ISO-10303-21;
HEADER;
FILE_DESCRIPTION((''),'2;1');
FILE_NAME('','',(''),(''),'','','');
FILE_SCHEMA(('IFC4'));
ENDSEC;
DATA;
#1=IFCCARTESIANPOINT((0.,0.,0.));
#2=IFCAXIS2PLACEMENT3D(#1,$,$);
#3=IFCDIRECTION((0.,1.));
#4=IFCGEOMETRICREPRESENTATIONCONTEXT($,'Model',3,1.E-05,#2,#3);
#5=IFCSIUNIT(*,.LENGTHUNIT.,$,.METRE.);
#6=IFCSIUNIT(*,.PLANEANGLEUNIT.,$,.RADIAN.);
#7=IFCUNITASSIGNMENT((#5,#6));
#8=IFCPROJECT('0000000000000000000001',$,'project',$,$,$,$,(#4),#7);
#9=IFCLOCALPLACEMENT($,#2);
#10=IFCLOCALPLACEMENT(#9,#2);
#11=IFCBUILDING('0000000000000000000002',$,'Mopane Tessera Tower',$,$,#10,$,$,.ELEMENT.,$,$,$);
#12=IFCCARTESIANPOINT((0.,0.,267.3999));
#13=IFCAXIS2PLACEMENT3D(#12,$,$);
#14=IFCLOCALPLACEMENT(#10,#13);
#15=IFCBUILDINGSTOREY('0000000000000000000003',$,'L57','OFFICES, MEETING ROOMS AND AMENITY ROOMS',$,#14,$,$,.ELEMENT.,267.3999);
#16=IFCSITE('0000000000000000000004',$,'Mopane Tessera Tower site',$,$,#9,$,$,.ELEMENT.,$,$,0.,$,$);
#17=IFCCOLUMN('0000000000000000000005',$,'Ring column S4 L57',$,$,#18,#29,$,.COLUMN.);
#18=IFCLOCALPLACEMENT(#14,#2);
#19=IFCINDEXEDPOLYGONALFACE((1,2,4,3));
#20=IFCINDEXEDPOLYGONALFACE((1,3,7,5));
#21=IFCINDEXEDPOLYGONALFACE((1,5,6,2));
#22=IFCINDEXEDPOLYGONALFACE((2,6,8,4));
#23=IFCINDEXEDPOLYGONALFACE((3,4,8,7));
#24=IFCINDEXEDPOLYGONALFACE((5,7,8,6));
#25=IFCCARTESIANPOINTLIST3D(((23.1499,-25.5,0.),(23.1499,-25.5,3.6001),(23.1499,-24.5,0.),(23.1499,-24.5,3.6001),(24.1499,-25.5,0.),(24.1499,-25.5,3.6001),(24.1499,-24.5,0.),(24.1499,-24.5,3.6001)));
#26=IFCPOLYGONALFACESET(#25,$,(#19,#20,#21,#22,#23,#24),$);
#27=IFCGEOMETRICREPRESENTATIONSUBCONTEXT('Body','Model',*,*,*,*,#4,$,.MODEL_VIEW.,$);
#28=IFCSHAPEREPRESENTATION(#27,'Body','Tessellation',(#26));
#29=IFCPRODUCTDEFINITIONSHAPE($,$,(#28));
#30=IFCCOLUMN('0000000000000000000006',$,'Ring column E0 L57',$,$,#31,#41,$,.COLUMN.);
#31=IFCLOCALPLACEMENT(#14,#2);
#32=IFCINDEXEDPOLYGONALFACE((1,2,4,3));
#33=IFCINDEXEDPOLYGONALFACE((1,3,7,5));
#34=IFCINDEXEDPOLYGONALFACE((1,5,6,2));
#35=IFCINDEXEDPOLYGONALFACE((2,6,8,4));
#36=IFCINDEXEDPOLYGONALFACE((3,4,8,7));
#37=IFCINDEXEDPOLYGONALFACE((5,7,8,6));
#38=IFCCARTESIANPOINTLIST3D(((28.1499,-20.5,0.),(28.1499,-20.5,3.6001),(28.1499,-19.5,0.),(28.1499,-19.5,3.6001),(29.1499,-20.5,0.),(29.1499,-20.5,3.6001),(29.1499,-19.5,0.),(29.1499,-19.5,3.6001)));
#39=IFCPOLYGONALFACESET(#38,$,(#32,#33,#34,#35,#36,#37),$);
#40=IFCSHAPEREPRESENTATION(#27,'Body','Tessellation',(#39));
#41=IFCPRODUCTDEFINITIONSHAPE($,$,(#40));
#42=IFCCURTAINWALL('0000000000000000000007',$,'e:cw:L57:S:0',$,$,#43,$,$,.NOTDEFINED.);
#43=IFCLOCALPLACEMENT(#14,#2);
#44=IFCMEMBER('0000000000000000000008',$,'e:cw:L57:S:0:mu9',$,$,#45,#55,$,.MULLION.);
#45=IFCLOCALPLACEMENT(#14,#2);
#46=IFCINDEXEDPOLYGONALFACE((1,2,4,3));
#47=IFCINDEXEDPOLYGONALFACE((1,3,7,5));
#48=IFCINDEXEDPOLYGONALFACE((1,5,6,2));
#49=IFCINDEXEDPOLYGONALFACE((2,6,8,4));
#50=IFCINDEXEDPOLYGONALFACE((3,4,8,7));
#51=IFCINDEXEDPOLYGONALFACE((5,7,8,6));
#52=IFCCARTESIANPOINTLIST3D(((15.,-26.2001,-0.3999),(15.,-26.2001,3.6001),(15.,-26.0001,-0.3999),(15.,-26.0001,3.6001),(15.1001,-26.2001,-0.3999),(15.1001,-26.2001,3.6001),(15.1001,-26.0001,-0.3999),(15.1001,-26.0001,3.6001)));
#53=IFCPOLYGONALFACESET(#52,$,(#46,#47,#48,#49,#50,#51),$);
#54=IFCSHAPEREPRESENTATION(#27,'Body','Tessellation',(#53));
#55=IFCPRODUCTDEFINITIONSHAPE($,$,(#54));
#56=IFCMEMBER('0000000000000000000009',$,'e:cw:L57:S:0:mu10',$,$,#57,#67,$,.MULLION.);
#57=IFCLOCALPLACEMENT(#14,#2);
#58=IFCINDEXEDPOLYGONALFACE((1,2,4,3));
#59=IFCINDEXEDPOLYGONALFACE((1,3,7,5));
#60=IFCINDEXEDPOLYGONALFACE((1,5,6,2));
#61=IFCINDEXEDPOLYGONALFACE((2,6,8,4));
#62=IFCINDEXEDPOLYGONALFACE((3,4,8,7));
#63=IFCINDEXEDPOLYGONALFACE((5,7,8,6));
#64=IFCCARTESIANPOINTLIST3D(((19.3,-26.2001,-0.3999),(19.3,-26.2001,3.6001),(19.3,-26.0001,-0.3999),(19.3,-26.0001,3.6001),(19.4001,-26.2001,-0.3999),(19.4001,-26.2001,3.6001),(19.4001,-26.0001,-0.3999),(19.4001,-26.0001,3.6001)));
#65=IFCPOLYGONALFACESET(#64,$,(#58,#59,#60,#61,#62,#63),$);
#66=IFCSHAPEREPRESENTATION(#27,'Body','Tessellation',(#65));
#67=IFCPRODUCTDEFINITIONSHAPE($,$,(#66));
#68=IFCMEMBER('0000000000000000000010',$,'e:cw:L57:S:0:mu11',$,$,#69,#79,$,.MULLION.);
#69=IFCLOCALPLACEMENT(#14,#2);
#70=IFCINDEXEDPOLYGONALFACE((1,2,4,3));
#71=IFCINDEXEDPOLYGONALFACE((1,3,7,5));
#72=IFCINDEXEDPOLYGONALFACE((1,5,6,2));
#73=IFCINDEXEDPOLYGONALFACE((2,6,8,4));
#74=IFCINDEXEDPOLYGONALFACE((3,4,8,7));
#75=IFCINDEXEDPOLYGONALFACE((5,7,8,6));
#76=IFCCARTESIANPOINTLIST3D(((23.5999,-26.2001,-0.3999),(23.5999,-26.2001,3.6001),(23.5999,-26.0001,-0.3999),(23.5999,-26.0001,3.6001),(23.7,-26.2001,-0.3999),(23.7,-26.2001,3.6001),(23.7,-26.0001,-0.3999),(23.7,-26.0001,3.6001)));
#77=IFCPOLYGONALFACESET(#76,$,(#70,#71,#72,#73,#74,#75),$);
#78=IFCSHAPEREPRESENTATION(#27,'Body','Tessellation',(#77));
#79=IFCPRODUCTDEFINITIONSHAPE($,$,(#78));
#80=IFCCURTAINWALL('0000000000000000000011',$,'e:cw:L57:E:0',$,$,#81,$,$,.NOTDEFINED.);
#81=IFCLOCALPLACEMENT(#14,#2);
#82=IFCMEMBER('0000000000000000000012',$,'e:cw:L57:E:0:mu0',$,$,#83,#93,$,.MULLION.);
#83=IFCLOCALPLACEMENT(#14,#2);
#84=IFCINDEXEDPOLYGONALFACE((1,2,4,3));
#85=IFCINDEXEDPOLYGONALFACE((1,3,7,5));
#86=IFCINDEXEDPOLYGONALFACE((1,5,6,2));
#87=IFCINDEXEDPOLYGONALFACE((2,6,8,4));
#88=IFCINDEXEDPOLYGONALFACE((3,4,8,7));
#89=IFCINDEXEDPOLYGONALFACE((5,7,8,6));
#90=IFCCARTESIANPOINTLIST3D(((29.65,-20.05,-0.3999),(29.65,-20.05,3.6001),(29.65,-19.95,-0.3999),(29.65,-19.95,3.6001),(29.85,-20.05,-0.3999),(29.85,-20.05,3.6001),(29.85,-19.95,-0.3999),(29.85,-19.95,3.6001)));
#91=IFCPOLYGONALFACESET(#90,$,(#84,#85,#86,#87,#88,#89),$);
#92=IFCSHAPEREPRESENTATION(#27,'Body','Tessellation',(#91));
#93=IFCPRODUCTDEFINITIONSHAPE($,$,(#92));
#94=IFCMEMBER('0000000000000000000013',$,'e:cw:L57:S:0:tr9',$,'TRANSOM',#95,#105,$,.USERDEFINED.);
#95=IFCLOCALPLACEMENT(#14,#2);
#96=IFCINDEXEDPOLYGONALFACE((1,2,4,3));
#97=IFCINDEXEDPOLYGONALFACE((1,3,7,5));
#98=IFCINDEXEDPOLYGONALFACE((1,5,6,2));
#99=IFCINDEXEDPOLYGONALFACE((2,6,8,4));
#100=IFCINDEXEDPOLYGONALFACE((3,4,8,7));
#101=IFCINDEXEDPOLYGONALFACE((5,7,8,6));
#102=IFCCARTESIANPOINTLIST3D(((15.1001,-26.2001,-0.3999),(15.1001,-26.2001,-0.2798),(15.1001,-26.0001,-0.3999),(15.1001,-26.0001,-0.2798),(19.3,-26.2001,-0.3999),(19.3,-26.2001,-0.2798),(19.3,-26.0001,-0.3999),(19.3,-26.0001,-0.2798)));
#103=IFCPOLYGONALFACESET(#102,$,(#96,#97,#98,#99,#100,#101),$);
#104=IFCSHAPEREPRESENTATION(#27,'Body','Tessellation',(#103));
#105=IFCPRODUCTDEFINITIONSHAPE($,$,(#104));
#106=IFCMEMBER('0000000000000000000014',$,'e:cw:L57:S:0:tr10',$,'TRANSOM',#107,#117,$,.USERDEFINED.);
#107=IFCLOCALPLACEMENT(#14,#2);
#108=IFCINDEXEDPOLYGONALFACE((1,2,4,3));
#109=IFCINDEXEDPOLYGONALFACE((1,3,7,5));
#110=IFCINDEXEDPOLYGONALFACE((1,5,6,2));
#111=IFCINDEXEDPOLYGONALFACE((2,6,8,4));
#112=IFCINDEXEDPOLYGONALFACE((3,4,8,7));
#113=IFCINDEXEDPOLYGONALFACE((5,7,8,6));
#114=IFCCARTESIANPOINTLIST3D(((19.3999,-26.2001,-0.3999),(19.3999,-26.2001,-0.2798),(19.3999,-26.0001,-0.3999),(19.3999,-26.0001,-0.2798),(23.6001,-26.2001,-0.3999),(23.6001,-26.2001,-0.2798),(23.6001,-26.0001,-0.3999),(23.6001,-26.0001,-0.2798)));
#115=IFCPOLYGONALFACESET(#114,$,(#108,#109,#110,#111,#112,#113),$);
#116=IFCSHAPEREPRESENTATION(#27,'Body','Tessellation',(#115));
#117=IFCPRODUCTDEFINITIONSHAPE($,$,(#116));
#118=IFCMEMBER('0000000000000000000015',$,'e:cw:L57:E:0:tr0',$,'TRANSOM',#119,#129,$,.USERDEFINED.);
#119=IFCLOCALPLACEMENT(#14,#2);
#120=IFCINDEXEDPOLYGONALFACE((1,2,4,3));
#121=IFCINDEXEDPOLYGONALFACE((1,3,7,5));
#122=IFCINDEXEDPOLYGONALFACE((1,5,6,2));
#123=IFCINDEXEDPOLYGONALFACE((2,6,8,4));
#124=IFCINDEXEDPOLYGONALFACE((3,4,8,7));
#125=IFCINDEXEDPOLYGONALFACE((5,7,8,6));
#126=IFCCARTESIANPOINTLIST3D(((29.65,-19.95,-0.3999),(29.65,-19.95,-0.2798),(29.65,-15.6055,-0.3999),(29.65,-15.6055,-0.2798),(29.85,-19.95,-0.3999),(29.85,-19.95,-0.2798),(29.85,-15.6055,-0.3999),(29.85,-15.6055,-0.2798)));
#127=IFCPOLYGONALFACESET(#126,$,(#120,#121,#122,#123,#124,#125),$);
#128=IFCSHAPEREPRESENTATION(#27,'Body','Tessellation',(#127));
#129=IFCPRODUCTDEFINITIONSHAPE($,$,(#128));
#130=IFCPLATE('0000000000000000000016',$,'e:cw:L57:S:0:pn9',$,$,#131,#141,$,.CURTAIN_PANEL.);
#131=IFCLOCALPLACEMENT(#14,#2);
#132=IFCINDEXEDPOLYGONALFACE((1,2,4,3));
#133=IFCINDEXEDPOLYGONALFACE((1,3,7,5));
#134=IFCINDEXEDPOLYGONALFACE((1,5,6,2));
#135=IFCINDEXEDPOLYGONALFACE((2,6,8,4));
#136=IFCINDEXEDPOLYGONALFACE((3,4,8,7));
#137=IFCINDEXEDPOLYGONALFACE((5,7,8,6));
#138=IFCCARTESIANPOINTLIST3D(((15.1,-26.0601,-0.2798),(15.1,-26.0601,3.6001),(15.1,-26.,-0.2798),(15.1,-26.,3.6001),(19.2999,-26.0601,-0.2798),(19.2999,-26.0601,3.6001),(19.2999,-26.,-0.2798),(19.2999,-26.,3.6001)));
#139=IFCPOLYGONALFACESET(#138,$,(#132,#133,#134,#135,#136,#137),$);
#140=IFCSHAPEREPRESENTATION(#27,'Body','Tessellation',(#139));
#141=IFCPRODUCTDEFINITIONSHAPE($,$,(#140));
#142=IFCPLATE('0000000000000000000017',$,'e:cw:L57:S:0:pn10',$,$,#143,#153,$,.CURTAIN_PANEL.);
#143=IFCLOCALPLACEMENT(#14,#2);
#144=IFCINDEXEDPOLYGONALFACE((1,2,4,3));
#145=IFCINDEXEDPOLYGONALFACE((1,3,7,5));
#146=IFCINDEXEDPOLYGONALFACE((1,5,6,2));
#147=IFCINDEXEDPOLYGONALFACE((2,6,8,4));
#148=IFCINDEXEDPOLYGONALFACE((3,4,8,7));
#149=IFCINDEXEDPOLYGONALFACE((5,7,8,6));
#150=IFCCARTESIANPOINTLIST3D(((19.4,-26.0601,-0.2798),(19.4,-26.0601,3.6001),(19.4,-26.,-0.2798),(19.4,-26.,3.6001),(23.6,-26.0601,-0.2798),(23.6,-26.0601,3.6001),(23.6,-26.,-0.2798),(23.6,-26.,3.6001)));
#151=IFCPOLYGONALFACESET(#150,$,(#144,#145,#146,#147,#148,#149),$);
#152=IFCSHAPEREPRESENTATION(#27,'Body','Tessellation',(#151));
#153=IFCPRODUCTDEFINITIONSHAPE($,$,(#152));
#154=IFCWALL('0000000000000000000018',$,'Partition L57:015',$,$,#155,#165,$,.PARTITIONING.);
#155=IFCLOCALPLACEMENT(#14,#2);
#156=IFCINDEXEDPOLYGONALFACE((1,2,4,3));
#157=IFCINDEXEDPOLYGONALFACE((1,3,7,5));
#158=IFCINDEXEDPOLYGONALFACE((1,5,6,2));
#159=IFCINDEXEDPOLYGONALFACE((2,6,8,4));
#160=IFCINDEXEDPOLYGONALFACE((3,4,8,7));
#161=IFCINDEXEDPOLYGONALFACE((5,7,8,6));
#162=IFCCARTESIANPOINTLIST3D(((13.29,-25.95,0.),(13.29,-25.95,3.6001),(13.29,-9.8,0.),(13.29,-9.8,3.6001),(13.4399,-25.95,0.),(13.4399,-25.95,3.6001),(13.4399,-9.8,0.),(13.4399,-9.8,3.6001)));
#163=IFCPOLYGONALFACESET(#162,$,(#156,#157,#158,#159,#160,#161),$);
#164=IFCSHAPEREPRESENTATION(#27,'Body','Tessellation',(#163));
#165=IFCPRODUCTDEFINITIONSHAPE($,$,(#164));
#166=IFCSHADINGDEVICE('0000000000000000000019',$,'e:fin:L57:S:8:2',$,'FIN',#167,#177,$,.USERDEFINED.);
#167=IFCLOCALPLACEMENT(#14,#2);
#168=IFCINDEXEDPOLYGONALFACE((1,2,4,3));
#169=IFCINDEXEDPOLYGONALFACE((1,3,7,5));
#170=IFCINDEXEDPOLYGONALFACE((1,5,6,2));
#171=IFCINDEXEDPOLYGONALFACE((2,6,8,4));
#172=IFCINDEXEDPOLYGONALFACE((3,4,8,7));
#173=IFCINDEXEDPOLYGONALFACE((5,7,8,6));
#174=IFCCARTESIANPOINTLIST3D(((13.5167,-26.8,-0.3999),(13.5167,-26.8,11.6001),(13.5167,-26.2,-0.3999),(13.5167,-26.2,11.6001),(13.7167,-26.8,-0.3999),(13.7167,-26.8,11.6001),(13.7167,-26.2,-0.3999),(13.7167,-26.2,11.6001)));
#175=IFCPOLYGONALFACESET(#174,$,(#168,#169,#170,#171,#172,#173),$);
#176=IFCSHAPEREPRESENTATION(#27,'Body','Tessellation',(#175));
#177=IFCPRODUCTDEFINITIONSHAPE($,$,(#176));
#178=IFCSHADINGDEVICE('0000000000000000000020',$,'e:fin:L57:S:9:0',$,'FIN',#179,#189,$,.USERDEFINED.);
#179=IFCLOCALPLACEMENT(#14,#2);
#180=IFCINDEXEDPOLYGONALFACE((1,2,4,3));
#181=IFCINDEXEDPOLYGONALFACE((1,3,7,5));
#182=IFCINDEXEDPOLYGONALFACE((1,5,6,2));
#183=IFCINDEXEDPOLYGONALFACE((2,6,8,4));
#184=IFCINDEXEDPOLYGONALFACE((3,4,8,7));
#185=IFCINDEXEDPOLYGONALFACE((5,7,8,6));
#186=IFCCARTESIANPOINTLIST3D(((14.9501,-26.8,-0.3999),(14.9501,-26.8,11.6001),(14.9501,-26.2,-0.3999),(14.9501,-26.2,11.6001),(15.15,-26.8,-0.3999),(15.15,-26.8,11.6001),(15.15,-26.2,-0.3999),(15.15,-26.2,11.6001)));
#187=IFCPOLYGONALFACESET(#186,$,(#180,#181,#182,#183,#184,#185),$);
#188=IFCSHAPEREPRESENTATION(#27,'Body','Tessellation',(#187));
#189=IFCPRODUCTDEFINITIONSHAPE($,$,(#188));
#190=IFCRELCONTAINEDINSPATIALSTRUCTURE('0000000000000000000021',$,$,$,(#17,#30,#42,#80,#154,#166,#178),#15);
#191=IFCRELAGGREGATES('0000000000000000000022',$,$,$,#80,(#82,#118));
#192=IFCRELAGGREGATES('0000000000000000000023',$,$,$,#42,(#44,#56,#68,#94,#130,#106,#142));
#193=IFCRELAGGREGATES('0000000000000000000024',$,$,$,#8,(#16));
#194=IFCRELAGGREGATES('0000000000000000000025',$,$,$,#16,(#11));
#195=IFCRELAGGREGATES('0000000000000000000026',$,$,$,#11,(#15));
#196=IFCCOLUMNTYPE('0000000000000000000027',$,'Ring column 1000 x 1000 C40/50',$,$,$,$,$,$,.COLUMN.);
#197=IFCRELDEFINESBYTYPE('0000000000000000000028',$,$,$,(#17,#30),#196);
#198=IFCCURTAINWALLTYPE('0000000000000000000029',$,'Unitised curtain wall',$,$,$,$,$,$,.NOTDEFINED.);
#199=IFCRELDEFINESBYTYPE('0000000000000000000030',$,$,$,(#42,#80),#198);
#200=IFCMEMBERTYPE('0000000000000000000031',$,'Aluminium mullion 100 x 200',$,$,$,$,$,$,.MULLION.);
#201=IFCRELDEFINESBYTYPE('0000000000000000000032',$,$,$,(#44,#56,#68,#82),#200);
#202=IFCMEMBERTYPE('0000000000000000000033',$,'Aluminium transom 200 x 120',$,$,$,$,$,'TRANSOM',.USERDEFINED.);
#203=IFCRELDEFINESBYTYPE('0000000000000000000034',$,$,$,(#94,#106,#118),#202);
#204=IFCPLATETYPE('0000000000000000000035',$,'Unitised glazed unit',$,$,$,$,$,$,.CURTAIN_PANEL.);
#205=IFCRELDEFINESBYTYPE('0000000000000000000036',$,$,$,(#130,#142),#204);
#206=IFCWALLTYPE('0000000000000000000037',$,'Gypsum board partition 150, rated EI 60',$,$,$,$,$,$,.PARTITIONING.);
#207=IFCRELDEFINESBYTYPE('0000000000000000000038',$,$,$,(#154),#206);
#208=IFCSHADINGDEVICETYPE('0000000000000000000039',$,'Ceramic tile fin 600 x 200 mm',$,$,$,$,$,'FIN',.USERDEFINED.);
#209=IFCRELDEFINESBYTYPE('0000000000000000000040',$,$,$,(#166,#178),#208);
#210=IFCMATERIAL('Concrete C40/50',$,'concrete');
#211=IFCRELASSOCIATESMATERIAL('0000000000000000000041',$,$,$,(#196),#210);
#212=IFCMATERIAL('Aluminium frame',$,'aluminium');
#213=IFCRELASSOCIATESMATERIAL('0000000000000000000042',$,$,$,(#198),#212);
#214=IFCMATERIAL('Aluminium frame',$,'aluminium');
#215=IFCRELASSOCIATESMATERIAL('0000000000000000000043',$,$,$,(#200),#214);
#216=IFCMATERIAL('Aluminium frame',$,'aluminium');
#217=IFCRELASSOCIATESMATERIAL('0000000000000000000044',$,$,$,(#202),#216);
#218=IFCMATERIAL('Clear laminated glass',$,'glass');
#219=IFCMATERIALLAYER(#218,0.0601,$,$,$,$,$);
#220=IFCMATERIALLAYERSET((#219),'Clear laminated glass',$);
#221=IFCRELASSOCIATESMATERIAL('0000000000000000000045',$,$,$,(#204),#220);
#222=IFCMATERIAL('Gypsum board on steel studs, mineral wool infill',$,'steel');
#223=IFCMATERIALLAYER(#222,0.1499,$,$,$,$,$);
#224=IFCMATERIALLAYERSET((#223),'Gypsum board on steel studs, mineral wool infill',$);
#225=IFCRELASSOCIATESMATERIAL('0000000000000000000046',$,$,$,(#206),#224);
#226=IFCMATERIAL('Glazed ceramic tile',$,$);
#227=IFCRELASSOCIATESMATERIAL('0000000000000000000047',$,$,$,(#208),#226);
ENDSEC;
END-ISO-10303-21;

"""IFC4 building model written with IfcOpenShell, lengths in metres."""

from ifc_helpers import new_model, si_unit, direction, frame, frame_2d, origin, origin_2d, place, context, subcontext, project, spatial, rectangle, extrude, material, layer, layer_set, material_profile, profile_set, type_object, element, aggregate, save


model = new_model("IFC4")

# Units and contexts
model_context = context("Model", 3, precision=1e-05, world=origin(), true_north=direction((0.0, 1.0)))
body_context = subcontext(model_context, "Body", "Model", "MODEL_VIEW")
ifc_project = project(units=[si_unit("LENGTHUNIT", "METRE"), si_unit("PLANEANGLEUNIT", "RADIAN")], contexts=[model_context])

# Site, building, storey
site_placement = place(None, origin())
site = spatial("IfcSite", under=ifc_project, at=site_placement, Name="Mopane Tessera Tower site", CompositionType="ELEMENT", RefElevation=0.0)
building_placement = place(site_placement, origin())
building = spatial("IfcBuilding", under=site, at=building_placement, Name="Mopane Tessera Tower", CompositionType="ELEMENT")
storey_placement = place(building_placement, frame((0.0, 0.0, 267.3999)))
storey = spatial("IfcBuildingStorey", under=building, at=storey_placement, Name="L57", Description="OFFICES, MEETING ROOMS AND AMENITY ROOMS", CompositionType="ELEMENT", Elevation=267.3999)

# Columns
ifc_material_1 = material(Name="Concrete C40/50", Category="concrete")
ifc_material_profile_1 = material_profile(ifc_material_1, rectangle(XDim=1.0, YDim=1.0, at=origin_2d()))
ifc_profile_set_1 = profile_set([ifc_material_profile_1], Name="Concrete C40/50")
column_type = type_object("IfcColumnType", Name="Ring column 1000 x 1000 C40/50", PredefinedType="COLUMN", material=ifc_profile_set_1)
for number, where, z_axis, x_axis, name in (
    (1, (23.6499, -25.0, 0.0), (0.0, 0.0, 1.0), (1.0, 0.0, 0.0), "Ring column S4 L57"),
    (2, (28.6499, -20.0, 0.0), (0.0, 0.0, 1.0), (1.0, 0.0, 0.0), "Ring column E0 L57"),
):
    element("IfcColumn", number, at=place(storey_placement, frame(where, z_axis=z_axis, x_axis=x_axis)), inside=storey, type_object=column_type, Name=name, PredefinedType="COLUMN", context=body_context, shape_type="SweptSolid", body=[
        extrude(rectangle(XDim=1.0, YDim=1.0, at=origin_2d()), origin(), (0.0, 0.0, 1.0), 3.6001),
    ])

# Curtain wall, members
ifc_material_2 = material(Name="Aluminium frame", Category="aluminium")
curtain_wall_type = type_object("IfcCurtainWallType", Name="Unitised curtain wall", PredefinedType="NOTDEFINED", material=ifc_material_2)
curtain_wall_1_placement = place(storey_placement, origin())
curtain_wall_1 = element("IfcCurtainWall", 3, at=curtain_wall_1_placement, inside=storey, type_object=curtain_wall_type, Name="e:cw:L57:S:0", PredefinedType="NOTDEFINED")
ifc_material_3 = material(Name="Aluminium frame", Category="aluminium")
ifc_material_profile_2 = material_profile(ifc_material_3, rectangle(XDim=0.1001, YDim=0.2, at=origin_2d()))
ifc_profile_set_2 = profile_set([ifc_material_profile_2], Name="Aluminium frame")
member_type_1 = type_object("IfcMemberType", Name="Aluminium mullion 100 x 200", PredefinedType="MULLION", material=ifc_profile_set_2)
member_1_placement = place(storey_placement, frame((15.05, -26.1001, -0.3999), z_axis=(0.0, 0.0, 1.0), x_axis=(1.0, 0.0, 0.0)))
member_1 = element("IfcMember", 4, at=member_1_placement, type_object=member_type_1, Name="e:cw:L57:S:0:mu9", PredefinedType="MULLION", context=body_context, shape_type="SweptSolid", body=[
    extrude(rectangle(XDim=0.1001, YDim=0.2, at=origin_2d()), origin(), (0.0, 0.0, 1.0), 4.0),
])
member_2_placement = place(storey_placement, frame((19.3501, -26.1001, -0.3999), z_axis=(0.0, 0.0, 1.0), x_axis=(1.0, 0.0, 0.0)))
member_2 = element("IfcMember", 5, at=member_2_placement, type_object=member_type_1, Name="e:cw:L57:S:0:mu10", PredefinedType="MULLION", context=body_context, shape_type="SweptSolid", body=[
    extrude(rectangle(XDim=0.1001, YDim=0.2, at=origin_2d()), origin(), (0.0, 0.0, 1.0), 4.0),
])
member_3_placement = place(storey_placement, frame((23.6499, -26.1001, -0.3999), z_axis=(0.0, 0.0, 1.0), x_axis=(1.0, 0.0, 0.0)))
member_3 = element("IfcMember", 6, at=member_3_placement, type_object=member_type_1, Name="e:cw:L57:S:0:mu11", PredefinedType="MULLION", context=body_context, shape_type="SweptSolid", body=[
    extrude(rectangle(XDim=0.1001, YDim=0.2, at=origin_2d()), origin(), (0.0, 0.0, 1.0), 4.0),
])

# Curtain wall, member
curtain_wall_2_placement = place(storey_placement, origin())
curtain_wall_2 = element("IfcCurtainWall", 7, at=curtain_wall_2_placement, inside=storey, type_object=curtain_wall_type, Name="e:cw:L57:E:0", PredefinedType="NOTDEFINED")
member_4_placement = place(storey_placement, frame((29.75, -20.0, -0.3999), z_axis=(0.0, 0.0, 1.0), x_axis=(0.0, 1.0, 0.0)))
member_4 = element("IfcMember", 8, at=member_4_placement, type_object=member_type_1, Name="e:cw:L57:E:0:mu0", PredefinedType="MULLION", context=body_context, shape_type="SweptSolid", body=[
    extrude(rectangle(XDim=0.1001, YDim=0.2, at=origin_2d()), origin(), (0.0, 0.0, 1.0), 4.0),
])

# Members
ifc_material_4 = material(Name="Aluminium frame", Category="aluminium")
ifc_material_profile_3 = material_profile(ifc_material_4, rectangle(XDim=0.2, YDim=0.1201, at=origin_2d()))
ifc_profile_set_3 = profile_set([ifc_material_profile_3], Name="Aluminium frame")
member_type_2 = type_object("IfcMemberType", Name="Aluminium transom 200 x 120", ElementType="TRANSOM", PredefinedType="USERDEFINED", material=ifc_profile_set_3)
member_5_placement = place(storey_placement, frame((15.1001, -26.1001, -0.3398), z_axis=(1.0, 0.0, 0.0), x_axis=(0.0, 1.0, 0.0)))
member_5 = element("IfcMember", 9, at=member_5_placement, type_object=member_type_2, Name="e:cw:L57:S:0:tr9", ObjectType="TRANSOM", PredefinedType="USERDEFINED", context=body_context, shape_type="SweptSolid", body=[
    extrude(rectangle(XDim=0.2, YDim=0.1201, at=origin_2d()), origin(), (0.0, 0.0, 1.0), 4.2),
])
member_6_placement = place(storey_placement, frame((19.3999, -26.1001, -0.3398), z_axis=(1.0, 0.0, 0.0), x_axis=(0.0, 1.0, 0.0)))
member_6 = element("IfcMember", 10, at=member_6_placement, type_object=member_type_2, Name="e:cw:L57:S:0:tr10", ObjectType="TRANSOM", PredefinedType="USERDEFINED", context=body_context, shape_type="SweptSolid", body=[
    extrude(rectangle(XDim=0.2, YDim=0.1201, at=origin_2d()), origin(), (0.0, 0.0, 1.0), 4.2002),
])
member_7_placement = place(storey_placement, frame((29.75, -19.95, -0.3398), z_axis=(0.0, 1.0, 0.0), x_axis=(-1.0, 0.0, 0.0)))
member_7 = element("IfcMember", 11, at=member_7_placement, type_object=member_type_2, Name="e:cw:L57:E:0:tr0", ObjectType="TRANSOM", PredefinedType="USERDEFINED", context=body_context, shape_type="SweptSolid", body=[
    extrude(rectangle(XDim=0.2, YDim=0.1201, at=origin_2d()), origin(), (0.0, 0.0, 1.0), 4.3445),
])
aggregate(curtain_wall_2, [member_4, member_7])

# Plates
ifc_material_5 = material(Name="Clear laminated glass", Category="glass")
ifc_layer_1 = layer(ifc_material_5, 0.0601)
ifc_layer_set_1 = layer_set([ifc_layer_1], Name="Clear laminated glass")
plate_type = type_object("IfcPlateType", Name="Unitised glazed unit", PredefinedType="CURTAIN_PANEL", material=ifc_layer_set_1)
plate_1_placement = place(storey_placement, frame((17.2, -26.03, -0.2798), z_axis=(0.0, 0.0, 1.0), x_axis=(1.0, 0.0, 0.0)))
plate_1 = element("IfcPlate", 12, at=plate_1_placement, type_object=plate_type, Name="e:cw:L57:S:0:pn9", PredefinedType="CURTAIN_PANEL", context=body_context, shape_type="SweptSolid", body=[
    extrude(rectangle(XDim=4.2, YDim=0.0601, at=origin_2d()), origin(), (0.0, 0.0, 1.0), 3.8799),
])
plate_2_placement = place(storey_placement, frame((21.5, -26.03, -0.2798), z_axis=(0.0, 0.0, 1.0), x_axis=(1.0, 0.0, 0.0)))
plate_2 = element("IfcPlate", 13, at=plate_2_placement, type_object=plate_type, Name="e:cw:L57:S:0:pn10", PredefinedType="CURTAIN_PANEL", context=body_context, shape_type="SweptSolid", body=[
    extrude(rectangle(XDim=4.2, YDim=0.0601, at=origin_2d()), origin(), (0.0, 0.0, 1.0), 3.8799),
])
aggregate(curtain_wall_1, [member_1, member_2, member_3, member_5, plate_1, member_6, plate_2])

# Wall
ifc_material_6 = material(Name="Gypsum board on steel studs, mineral wool infill", Category="steel")
ifc_layer_2 = layer(ifc_material_6, 0.1499)
ifc_layer_set_2 = layer_set([ifc_layer_2], Name="Gypsum board on steel studs, mineral wool infill")
wall_type = type_object("IfcWallType", Name="Gypsum board partition 150, rated EI 60", PredefinedType="PARTITIONING", material=ifc_layer_set_2)
wall_placement = place(storey_placement, frame((13.365, -25.95, 0.0), z_axis=(0.0, 0.0, 1.0), x_axis=(0.0, 1.0, 0.0)))
element("IfcWall", 14, at=wall_placement, inside=storey, type_object=wall_type, Name="Partition L57:015", PredefinedType="PARTITIONING", context=body_context, shape_type="SweptSolid", body=[
    extrude(rectangle(XDim=16.1499, YDim=0.1499, at=frame_2d((8.075, 0.0))), origin(), (0.0, 0.0, 1.0), 3.6001),
])

# Shading devices
ifc_material_7 = material(Name="Glazed ceramic tile")
shading_device_type = type_object("IfcShadingDeviceType", Name="Ceramic tile fin 600 x 200 mm", ElementType="FIN", PredefinedType="USERDEFINED", material=ifc_material_7)
for number, where, z_axis, x_axis, name in (
    (15, (13.6167, -26.5, -0.3999), (0.0, 0.0, 1.0), (1.0, 0.0, 0.0), "e:fin:L57:S:8:2"),
    (16, (15.05, -26.5, -0.3999), (0.0, 0.0, 1.0), (1.0, 0.0, 0.0), "e:fin:L57:S:9:0"),
):
    element("IfcShadingDevice", number, at=place(storey_placement, frame(where, z_axis=z_axis, x_axis=x_axis)), inside=storey, type_object=shading_device_type, Name=name, ObjectType="FIN", PredefinedType="USERDEFINED", context=body_context, shape_type="SweptSolid", body=[
        extrude(rectangle(XDim=0.2, YDim=0.6001, at=origin_2d()), origin(), (0.0, 0.0, 1.0), 12.0),
    ])

save(model, "model.ifc")
